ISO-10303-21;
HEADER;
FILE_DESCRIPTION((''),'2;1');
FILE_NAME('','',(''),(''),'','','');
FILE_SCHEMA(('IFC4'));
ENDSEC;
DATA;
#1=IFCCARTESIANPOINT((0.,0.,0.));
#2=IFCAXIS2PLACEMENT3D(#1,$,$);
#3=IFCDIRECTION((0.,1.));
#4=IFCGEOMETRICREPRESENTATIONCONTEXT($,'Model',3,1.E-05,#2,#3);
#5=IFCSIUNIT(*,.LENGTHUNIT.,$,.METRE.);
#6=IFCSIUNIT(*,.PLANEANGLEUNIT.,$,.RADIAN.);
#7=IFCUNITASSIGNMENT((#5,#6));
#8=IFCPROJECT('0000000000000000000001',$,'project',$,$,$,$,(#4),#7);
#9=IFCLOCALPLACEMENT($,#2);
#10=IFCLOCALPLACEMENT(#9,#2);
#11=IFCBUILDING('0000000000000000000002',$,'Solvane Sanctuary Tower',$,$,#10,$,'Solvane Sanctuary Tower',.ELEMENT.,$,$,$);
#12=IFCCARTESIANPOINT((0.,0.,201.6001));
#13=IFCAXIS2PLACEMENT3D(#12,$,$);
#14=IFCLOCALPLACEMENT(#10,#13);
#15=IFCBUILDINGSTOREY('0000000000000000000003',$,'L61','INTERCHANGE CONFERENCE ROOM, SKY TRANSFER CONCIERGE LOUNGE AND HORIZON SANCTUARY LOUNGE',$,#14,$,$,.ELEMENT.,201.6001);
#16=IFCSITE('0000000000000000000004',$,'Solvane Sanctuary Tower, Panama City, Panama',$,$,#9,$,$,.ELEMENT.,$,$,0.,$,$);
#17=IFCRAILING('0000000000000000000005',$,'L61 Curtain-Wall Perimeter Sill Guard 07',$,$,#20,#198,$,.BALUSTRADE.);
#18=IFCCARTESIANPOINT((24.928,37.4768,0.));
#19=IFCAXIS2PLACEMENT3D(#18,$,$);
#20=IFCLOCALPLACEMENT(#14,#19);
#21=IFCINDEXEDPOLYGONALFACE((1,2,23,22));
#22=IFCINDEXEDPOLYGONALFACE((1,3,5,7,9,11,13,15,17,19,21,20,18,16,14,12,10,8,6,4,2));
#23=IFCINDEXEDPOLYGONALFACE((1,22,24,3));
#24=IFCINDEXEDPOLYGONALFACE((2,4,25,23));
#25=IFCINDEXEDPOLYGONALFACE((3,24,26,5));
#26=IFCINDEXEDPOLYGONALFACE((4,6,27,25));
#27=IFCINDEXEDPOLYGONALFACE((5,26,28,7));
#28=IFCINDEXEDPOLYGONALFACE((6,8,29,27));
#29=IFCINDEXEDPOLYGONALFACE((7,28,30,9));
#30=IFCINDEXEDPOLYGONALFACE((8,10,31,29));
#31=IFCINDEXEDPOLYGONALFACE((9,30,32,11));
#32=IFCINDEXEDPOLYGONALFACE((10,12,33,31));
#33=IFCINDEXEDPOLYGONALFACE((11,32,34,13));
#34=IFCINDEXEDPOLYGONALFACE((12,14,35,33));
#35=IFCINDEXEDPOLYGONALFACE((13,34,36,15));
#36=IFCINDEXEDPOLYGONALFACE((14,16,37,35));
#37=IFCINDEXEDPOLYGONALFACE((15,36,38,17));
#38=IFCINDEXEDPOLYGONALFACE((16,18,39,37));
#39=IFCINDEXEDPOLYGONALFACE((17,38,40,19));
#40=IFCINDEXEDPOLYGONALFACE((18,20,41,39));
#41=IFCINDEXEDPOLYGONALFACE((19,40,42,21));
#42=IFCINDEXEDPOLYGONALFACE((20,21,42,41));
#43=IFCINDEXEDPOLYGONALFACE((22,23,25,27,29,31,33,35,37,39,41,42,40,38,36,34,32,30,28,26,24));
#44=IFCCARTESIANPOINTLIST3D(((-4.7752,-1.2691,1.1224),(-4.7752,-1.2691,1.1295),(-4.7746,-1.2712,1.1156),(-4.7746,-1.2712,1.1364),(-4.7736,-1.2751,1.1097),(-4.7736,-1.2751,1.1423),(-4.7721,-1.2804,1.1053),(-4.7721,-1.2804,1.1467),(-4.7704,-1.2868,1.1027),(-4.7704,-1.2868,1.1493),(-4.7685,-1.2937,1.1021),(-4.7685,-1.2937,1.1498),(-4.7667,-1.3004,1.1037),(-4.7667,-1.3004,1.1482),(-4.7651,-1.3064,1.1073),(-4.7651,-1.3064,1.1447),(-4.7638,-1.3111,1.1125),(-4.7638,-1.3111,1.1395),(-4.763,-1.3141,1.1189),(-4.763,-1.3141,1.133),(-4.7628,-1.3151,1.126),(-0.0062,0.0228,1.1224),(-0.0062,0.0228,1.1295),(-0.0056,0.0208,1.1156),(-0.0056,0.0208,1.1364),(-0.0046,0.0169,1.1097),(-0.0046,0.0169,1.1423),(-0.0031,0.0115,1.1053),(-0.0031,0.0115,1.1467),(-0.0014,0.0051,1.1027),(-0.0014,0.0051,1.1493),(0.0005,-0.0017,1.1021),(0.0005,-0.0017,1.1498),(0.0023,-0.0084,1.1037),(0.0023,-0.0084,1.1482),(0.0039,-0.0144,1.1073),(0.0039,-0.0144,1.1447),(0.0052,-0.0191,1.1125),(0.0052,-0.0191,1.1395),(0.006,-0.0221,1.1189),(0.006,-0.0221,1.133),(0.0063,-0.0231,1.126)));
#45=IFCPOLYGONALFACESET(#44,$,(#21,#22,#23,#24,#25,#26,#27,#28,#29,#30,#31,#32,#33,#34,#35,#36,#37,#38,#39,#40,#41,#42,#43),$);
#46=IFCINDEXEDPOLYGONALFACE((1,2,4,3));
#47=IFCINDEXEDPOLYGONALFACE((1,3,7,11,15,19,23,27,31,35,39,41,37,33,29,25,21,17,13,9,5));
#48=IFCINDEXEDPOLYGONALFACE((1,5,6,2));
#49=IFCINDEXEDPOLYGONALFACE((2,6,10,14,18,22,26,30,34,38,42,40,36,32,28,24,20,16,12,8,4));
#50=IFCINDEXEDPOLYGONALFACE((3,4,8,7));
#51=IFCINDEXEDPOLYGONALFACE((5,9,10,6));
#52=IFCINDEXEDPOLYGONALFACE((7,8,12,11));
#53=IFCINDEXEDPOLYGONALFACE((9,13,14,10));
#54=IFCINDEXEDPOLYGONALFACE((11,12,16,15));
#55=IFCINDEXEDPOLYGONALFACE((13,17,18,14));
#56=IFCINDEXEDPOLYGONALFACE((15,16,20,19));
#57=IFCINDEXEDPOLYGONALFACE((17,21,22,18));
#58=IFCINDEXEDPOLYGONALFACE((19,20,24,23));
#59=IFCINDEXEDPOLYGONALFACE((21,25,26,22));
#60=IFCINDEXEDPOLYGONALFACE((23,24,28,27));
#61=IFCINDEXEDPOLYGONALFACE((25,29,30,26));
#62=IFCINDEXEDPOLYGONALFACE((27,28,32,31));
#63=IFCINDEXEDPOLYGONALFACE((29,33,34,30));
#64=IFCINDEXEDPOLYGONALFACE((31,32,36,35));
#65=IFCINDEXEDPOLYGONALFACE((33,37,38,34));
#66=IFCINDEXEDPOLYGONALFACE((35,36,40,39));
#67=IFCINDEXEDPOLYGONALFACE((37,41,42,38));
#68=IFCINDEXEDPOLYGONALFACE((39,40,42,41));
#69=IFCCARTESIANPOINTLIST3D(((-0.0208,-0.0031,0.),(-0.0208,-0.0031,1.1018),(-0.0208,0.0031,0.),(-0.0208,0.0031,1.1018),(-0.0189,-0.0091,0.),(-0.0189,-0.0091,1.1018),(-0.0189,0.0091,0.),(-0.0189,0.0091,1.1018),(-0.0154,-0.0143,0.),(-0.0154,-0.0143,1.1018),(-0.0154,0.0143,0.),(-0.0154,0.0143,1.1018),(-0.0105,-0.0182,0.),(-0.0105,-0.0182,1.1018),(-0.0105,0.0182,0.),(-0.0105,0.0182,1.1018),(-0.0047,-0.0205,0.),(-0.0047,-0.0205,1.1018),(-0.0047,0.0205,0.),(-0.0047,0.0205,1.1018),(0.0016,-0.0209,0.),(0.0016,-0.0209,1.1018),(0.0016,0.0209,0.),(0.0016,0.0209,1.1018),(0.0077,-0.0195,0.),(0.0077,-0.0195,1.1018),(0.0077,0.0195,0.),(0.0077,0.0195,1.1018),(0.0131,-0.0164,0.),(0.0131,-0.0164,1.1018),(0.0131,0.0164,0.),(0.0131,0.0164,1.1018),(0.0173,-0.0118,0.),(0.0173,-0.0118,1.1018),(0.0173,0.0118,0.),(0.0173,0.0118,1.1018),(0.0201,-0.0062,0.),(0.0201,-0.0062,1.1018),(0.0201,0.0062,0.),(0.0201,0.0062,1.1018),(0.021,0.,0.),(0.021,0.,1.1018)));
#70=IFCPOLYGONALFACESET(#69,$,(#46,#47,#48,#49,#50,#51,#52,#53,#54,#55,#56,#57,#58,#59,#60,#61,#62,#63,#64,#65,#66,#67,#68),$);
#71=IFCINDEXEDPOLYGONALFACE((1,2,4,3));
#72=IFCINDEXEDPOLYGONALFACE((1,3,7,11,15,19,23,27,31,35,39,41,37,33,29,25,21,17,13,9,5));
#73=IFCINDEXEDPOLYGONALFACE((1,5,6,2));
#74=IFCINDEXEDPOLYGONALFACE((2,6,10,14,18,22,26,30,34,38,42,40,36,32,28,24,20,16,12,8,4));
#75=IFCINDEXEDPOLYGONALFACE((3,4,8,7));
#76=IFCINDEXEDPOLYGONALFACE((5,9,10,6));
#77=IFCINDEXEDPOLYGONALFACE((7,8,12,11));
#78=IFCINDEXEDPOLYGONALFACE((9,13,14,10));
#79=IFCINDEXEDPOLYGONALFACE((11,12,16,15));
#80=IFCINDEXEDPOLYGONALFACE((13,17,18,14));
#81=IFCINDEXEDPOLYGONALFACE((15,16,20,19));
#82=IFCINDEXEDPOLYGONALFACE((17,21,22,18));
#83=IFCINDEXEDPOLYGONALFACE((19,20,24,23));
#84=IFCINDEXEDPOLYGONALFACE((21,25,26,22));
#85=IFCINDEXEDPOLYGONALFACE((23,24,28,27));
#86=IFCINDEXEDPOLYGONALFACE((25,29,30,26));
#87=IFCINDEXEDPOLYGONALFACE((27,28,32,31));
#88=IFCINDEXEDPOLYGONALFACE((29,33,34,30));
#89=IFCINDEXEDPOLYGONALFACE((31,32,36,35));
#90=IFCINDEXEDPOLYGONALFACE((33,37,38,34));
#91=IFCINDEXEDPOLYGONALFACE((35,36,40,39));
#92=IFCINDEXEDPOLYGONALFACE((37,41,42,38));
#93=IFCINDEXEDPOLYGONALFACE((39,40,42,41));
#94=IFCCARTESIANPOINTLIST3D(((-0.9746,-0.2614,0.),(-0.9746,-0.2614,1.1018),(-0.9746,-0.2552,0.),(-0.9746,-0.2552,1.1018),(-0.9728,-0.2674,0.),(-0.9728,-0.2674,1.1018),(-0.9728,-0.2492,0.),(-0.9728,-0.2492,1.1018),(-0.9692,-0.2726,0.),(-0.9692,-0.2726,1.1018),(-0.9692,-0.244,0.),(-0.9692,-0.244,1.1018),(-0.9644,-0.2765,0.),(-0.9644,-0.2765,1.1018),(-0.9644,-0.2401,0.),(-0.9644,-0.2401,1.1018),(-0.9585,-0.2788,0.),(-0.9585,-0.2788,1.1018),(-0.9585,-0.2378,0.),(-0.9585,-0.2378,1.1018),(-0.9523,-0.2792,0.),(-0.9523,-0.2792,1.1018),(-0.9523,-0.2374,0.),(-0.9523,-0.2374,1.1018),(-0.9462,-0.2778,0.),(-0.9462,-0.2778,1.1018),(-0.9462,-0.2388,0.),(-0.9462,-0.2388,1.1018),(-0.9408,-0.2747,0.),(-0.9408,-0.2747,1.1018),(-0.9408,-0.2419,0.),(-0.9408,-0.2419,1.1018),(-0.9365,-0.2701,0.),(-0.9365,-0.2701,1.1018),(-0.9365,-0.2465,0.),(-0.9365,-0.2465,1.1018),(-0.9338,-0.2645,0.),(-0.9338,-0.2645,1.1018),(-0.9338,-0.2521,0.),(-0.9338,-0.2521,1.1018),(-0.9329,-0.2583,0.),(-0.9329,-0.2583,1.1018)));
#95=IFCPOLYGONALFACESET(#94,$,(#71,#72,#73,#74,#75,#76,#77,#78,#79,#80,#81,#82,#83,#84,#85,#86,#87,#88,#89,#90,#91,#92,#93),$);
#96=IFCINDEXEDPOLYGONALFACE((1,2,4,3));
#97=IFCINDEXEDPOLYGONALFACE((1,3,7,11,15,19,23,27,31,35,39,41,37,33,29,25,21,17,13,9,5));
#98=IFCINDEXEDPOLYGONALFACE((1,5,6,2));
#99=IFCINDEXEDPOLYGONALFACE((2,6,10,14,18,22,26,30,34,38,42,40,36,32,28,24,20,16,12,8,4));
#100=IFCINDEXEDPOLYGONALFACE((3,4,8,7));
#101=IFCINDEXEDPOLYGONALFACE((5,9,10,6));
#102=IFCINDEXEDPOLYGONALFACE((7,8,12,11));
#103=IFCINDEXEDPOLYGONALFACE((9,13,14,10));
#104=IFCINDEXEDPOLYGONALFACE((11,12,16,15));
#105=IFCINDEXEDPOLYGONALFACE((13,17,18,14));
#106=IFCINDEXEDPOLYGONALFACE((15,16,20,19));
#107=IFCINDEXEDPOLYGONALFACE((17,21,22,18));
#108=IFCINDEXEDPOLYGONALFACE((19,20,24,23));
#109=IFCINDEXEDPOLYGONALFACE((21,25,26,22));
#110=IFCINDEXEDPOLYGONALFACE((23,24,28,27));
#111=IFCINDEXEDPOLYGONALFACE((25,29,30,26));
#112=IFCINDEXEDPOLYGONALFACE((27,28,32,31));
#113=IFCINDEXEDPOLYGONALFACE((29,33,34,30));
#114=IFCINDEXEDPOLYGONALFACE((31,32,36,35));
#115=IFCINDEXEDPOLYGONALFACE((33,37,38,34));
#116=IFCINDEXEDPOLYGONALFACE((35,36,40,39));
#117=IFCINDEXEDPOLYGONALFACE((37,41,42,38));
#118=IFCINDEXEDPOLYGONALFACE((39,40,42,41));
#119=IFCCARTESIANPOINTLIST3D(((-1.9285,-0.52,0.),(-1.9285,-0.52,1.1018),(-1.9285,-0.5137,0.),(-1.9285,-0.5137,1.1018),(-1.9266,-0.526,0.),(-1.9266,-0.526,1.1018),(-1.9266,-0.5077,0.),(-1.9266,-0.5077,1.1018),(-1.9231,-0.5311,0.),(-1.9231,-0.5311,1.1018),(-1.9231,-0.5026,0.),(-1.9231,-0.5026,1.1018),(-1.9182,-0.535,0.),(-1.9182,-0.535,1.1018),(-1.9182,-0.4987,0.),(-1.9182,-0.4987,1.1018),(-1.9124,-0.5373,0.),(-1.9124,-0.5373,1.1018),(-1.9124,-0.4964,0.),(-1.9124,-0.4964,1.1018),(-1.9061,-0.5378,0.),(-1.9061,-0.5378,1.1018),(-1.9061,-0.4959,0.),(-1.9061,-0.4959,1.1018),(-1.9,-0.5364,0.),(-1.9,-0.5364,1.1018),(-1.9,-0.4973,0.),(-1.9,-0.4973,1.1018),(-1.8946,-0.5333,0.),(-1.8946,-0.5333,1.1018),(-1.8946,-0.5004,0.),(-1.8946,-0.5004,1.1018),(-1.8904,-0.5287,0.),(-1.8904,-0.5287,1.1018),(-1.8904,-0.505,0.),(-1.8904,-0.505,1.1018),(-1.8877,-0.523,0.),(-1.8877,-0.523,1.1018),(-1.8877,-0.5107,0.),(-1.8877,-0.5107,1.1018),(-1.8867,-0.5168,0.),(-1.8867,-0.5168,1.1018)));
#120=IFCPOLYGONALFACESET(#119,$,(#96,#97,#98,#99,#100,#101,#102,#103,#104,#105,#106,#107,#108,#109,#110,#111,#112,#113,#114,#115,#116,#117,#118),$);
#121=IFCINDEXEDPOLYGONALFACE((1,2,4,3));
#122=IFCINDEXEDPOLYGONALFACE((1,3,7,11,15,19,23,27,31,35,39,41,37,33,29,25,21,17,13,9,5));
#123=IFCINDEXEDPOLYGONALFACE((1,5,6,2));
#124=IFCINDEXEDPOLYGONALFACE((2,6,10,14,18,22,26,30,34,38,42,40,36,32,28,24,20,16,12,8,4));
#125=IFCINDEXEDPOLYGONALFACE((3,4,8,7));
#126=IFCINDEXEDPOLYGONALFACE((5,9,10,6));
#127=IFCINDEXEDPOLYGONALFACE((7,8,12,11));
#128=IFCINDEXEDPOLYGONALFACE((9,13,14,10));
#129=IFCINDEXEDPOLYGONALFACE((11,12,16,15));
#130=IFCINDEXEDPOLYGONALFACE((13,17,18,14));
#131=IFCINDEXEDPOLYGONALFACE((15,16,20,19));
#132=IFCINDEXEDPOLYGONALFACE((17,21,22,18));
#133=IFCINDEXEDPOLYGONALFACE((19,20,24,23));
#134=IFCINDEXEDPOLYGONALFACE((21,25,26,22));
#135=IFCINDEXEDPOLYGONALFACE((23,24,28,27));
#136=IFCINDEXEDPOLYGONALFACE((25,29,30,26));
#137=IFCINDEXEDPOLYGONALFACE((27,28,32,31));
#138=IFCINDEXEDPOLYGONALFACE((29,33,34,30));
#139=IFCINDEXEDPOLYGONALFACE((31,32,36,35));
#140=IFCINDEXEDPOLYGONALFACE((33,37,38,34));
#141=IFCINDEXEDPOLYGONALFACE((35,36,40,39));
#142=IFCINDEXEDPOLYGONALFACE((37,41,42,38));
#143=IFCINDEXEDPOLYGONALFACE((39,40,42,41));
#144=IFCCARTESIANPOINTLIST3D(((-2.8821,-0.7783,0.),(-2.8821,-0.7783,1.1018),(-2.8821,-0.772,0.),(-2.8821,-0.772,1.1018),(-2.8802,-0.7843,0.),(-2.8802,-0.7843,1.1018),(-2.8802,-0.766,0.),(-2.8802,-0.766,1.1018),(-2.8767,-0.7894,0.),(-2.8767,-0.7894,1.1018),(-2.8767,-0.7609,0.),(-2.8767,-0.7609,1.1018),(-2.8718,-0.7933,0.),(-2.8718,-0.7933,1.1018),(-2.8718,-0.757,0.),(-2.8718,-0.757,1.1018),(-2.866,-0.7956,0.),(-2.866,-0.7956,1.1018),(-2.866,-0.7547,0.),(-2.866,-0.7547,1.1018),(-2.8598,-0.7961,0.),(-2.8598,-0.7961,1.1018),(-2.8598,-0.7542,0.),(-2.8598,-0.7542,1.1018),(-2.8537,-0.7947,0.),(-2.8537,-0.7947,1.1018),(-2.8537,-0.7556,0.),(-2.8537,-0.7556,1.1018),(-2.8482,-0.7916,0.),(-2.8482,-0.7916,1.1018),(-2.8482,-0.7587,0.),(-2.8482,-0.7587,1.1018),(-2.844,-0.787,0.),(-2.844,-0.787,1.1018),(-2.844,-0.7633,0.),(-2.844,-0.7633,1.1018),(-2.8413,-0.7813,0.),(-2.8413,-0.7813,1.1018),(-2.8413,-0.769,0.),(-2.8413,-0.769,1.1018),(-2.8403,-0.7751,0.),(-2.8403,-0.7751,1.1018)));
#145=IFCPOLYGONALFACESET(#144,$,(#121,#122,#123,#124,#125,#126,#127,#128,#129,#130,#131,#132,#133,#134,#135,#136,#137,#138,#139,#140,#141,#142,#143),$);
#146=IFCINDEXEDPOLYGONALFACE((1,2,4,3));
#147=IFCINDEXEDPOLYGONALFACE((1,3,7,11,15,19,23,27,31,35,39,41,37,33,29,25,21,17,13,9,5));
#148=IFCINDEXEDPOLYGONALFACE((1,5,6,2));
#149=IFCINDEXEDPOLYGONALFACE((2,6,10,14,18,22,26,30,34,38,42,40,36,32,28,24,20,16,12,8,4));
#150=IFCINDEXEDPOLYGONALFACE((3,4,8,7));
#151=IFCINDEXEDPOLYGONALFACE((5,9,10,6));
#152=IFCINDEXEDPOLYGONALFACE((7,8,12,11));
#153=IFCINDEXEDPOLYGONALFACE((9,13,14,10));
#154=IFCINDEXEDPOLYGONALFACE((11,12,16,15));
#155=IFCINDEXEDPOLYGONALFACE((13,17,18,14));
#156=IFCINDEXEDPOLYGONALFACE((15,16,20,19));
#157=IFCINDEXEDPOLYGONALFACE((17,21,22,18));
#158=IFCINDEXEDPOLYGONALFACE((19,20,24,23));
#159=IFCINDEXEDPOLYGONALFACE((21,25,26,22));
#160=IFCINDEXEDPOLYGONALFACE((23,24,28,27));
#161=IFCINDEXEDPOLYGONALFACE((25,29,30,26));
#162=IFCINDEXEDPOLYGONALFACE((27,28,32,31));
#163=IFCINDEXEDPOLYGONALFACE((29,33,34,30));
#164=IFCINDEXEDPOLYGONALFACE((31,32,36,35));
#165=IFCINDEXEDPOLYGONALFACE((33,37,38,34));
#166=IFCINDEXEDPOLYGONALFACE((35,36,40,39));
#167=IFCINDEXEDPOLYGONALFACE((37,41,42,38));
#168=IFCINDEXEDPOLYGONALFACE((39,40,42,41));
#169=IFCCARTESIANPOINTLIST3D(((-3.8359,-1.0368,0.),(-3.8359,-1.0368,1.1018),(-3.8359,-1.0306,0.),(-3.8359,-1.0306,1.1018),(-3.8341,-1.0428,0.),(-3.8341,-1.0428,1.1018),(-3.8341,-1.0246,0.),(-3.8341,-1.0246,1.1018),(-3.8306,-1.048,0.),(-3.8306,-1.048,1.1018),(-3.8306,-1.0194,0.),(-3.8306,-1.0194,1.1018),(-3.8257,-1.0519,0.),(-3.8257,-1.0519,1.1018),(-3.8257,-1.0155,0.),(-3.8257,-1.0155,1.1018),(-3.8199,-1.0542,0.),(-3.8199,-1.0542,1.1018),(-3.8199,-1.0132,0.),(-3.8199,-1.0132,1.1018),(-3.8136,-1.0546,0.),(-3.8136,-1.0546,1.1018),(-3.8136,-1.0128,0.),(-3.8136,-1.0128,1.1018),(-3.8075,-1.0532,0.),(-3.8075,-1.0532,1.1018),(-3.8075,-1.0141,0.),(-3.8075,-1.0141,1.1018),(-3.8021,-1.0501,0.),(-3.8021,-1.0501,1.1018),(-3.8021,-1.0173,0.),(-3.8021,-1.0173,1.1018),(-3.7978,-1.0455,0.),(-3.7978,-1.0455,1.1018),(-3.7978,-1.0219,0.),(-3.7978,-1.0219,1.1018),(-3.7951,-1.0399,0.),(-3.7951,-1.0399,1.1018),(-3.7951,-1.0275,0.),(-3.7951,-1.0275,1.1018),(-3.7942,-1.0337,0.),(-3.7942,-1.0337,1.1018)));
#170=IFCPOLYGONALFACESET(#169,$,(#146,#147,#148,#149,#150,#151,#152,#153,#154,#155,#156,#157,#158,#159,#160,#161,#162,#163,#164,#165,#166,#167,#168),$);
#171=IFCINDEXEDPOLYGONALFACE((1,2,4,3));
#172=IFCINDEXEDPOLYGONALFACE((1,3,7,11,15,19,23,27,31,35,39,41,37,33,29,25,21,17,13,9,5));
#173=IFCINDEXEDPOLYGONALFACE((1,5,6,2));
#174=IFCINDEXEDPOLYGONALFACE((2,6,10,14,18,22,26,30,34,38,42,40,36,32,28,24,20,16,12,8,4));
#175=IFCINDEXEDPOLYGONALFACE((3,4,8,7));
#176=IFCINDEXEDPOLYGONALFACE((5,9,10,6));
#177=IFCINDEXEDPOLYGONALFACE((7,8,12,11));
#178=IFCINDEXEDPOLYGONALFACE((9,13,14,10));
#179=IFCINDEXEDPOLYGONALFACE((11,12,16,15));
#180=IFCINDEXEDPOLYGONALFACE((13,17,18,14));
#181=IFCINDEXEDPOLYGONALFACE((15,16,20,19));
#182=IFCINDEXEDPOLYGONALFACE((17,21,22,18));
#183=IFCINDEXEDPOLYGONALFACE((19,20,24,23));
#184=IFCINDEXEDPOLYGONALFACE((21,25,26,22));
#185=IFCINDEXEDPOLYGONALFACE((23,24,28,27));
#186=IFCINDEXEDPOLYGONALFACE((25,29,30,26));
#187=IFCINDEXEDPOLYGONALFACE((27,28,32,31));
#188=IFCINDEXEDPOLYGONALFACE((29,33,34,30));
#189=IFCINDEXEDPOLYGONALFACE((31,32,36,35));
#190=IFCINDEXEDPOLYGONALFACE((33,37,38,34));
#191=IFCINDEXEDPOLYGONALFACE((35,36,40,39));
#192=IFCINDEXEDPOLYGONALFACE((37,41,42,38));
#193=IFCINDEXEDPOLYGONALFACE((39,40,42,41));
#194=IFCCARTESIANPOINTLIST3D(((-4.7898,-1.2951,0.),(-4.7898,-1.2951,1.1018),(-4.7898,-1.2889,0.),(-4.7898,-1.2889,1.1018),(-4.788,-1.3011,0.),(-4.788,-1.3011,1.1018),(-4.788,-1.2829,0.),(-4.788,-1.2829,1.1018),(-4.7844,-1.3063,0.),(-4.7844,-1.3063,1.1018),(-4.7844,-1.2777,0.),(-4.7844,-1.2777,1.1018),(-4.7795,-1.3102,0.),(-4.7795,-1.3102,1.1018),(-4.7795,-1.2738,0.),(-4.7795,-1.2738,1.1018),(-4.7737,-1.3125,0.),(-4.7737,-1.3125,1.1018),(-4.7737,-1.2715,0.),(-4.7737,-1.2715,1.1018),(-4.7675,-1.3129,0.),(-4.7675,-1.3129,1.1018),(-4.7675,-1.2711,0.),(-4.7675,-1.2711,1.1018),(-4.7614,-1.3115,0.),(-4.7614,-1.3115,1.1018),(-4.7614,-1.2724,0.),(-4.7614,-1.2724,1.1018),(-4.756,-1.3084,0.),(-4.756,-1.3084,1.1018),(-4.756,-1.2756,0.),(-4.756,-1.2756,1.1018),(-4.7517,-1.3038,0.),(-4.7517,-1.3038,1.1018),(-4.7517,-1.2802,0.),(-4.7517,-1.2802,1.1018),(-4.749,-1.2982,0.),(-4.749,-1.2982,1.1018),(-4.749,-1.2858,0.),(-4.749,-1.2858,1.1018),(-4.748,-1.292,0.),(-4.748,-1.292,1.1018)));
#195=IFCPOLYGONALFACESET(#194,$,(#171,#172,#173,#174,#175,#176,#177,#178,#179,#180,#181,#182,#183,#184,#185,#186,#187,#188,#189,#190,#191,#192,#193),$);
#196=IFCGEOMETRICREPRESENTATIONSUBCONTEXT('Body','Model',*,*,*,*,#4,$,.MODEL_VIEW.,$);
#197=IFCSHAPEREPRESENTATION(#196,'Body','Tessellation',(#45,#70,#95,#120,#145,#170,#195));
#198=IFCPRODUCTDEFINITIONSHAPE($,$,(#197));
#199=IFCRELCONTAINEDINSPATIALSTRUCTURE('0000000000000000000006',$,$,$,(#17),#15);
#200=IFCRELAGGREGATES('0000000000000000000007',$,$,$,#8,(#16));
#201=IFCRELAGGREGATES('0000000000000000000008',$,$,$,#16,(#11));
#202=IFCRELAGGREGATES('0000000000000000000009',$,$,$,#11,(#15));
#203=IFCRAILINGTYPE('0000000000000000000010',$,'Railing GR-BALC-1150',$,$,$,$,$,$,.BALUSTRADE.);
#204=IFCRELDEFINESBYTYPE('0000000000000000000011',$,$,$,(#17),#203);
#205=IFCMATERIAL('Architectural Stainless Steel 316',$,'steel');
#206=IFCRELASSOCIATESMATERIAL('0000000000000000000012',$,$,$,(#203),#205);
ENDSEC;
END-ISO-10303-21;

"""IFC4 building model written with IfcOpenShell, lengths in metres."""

from ifc_helpers import new_model, si_unit, direction, frame, origin, origin_2d, place, context, subcontext, project, spatial, circle, extrude, material, type_object, element, save


model = new_model("IFC4")

# Units and contexts
model_context = context("Model", 3, precision=1e-05, world=origin(), true_north=direction((0.0, 1.0)))
body_context = subcontext(model_context, "Body", "Model", "MODEL_VIEW")
ifc_project = project(units=[si_unit("LENGTHUNIT", "METRE"), si_unit("PLANEANGLEUNIT", "RADIAN")], contexts=[model_context])

# Site, building, storey
site_placement = place(None, origin())
site = spatial("IfcSite", under=ifc_project, at=site_placement, Name="Solvane Sanctuary Tower, Panama City, Panama", CompositionType="ELEMENT", RefElevation=0.0)
building_placement = place(site_placement, origin())
building = spatial("IfcBuilding", under=site, at=building_placement, Name="Solvane Sanctuary Tower", LongName="Solvane Sanctuary Tower", CompositionType="ELEMENT")
storey_placement = place(building_placement, frame((0.0, 0.0, 201.6001)))
storey = spatial("IfcBuildingStorey", under=building, at=storey_placement, Name="L61", Description="INTERCHANGE CONFERENCE ROOM, SKY TRANSFER CONCIERGE LOUNGE AND HORIZON SANCTUARY LOUNGE", CompositionType="ELEMENT", Elevation=201.6001)

# Railing
ifc_material_1 = material(Name="Architectural Stainless Steel 316", Category="steel")
railing_type = type_object("IfcRailingType", Name="Railing GR-BALC-1150", PredefinedType="BALUSTRADE", material=ifc_material_1)
railing_placement = place(storey_placement, frame((24.928, 37.4768, 0.0)))
element("IfcRailing", 1, at=railing_placement, inside=storey, type_object=railing_type, Name="L61 Curtain-Wall Perimeter Sill Guard 07", PredefinedType="BALUSTRADE", context=body_context, shape_type="SweptSolid", body=[
    extrude(circle(Radius=0.0239, at=origin_2d()), frame((0.0, 0.0, 1.126), z_axis=(-0.965207, -0.261486, 0.0), x_axis=(0.261486, -0.965207, 0.0)), (0.0, 0.0, 1.0), 4.9409),
    extrude(circle(Radius=0.021, at=origin_2d()), origin(), (0.0, 0.0, 1.0), 1.1018),
    extrude(circle(Radius=0.021, at=origin_2d()), frame((-0.9539, -0.2583, 0.0)), (0.0, 0.0, 1.0), 1.1018),
    extrude(circle(Radius=0.021, at=origin_2d()), frame((-1.9077, -0.5168, 0.0)), (0.0, 0.0, 1.0), 1.1018),
    extrude(circle(Radius=0.021, at=origin_2d()), frame((-2.8613, -0.7751, 0.0)), (0.0, 0.0, 1.0), 1.1018),
    extrude(circle(Radius=0.021, at=origin_2d()), frame((-3.8152, -1.0337, 0.0)), (0.0, 0.0, 1.0), 1.1018),
    extrude(circle(Radius=0.021, at=origin_2d()), frame((-4.769, -1.292, 0.0)), (0.0, 0.0, 1.0), 1.1018),
])

save(model, "model.ifc")
